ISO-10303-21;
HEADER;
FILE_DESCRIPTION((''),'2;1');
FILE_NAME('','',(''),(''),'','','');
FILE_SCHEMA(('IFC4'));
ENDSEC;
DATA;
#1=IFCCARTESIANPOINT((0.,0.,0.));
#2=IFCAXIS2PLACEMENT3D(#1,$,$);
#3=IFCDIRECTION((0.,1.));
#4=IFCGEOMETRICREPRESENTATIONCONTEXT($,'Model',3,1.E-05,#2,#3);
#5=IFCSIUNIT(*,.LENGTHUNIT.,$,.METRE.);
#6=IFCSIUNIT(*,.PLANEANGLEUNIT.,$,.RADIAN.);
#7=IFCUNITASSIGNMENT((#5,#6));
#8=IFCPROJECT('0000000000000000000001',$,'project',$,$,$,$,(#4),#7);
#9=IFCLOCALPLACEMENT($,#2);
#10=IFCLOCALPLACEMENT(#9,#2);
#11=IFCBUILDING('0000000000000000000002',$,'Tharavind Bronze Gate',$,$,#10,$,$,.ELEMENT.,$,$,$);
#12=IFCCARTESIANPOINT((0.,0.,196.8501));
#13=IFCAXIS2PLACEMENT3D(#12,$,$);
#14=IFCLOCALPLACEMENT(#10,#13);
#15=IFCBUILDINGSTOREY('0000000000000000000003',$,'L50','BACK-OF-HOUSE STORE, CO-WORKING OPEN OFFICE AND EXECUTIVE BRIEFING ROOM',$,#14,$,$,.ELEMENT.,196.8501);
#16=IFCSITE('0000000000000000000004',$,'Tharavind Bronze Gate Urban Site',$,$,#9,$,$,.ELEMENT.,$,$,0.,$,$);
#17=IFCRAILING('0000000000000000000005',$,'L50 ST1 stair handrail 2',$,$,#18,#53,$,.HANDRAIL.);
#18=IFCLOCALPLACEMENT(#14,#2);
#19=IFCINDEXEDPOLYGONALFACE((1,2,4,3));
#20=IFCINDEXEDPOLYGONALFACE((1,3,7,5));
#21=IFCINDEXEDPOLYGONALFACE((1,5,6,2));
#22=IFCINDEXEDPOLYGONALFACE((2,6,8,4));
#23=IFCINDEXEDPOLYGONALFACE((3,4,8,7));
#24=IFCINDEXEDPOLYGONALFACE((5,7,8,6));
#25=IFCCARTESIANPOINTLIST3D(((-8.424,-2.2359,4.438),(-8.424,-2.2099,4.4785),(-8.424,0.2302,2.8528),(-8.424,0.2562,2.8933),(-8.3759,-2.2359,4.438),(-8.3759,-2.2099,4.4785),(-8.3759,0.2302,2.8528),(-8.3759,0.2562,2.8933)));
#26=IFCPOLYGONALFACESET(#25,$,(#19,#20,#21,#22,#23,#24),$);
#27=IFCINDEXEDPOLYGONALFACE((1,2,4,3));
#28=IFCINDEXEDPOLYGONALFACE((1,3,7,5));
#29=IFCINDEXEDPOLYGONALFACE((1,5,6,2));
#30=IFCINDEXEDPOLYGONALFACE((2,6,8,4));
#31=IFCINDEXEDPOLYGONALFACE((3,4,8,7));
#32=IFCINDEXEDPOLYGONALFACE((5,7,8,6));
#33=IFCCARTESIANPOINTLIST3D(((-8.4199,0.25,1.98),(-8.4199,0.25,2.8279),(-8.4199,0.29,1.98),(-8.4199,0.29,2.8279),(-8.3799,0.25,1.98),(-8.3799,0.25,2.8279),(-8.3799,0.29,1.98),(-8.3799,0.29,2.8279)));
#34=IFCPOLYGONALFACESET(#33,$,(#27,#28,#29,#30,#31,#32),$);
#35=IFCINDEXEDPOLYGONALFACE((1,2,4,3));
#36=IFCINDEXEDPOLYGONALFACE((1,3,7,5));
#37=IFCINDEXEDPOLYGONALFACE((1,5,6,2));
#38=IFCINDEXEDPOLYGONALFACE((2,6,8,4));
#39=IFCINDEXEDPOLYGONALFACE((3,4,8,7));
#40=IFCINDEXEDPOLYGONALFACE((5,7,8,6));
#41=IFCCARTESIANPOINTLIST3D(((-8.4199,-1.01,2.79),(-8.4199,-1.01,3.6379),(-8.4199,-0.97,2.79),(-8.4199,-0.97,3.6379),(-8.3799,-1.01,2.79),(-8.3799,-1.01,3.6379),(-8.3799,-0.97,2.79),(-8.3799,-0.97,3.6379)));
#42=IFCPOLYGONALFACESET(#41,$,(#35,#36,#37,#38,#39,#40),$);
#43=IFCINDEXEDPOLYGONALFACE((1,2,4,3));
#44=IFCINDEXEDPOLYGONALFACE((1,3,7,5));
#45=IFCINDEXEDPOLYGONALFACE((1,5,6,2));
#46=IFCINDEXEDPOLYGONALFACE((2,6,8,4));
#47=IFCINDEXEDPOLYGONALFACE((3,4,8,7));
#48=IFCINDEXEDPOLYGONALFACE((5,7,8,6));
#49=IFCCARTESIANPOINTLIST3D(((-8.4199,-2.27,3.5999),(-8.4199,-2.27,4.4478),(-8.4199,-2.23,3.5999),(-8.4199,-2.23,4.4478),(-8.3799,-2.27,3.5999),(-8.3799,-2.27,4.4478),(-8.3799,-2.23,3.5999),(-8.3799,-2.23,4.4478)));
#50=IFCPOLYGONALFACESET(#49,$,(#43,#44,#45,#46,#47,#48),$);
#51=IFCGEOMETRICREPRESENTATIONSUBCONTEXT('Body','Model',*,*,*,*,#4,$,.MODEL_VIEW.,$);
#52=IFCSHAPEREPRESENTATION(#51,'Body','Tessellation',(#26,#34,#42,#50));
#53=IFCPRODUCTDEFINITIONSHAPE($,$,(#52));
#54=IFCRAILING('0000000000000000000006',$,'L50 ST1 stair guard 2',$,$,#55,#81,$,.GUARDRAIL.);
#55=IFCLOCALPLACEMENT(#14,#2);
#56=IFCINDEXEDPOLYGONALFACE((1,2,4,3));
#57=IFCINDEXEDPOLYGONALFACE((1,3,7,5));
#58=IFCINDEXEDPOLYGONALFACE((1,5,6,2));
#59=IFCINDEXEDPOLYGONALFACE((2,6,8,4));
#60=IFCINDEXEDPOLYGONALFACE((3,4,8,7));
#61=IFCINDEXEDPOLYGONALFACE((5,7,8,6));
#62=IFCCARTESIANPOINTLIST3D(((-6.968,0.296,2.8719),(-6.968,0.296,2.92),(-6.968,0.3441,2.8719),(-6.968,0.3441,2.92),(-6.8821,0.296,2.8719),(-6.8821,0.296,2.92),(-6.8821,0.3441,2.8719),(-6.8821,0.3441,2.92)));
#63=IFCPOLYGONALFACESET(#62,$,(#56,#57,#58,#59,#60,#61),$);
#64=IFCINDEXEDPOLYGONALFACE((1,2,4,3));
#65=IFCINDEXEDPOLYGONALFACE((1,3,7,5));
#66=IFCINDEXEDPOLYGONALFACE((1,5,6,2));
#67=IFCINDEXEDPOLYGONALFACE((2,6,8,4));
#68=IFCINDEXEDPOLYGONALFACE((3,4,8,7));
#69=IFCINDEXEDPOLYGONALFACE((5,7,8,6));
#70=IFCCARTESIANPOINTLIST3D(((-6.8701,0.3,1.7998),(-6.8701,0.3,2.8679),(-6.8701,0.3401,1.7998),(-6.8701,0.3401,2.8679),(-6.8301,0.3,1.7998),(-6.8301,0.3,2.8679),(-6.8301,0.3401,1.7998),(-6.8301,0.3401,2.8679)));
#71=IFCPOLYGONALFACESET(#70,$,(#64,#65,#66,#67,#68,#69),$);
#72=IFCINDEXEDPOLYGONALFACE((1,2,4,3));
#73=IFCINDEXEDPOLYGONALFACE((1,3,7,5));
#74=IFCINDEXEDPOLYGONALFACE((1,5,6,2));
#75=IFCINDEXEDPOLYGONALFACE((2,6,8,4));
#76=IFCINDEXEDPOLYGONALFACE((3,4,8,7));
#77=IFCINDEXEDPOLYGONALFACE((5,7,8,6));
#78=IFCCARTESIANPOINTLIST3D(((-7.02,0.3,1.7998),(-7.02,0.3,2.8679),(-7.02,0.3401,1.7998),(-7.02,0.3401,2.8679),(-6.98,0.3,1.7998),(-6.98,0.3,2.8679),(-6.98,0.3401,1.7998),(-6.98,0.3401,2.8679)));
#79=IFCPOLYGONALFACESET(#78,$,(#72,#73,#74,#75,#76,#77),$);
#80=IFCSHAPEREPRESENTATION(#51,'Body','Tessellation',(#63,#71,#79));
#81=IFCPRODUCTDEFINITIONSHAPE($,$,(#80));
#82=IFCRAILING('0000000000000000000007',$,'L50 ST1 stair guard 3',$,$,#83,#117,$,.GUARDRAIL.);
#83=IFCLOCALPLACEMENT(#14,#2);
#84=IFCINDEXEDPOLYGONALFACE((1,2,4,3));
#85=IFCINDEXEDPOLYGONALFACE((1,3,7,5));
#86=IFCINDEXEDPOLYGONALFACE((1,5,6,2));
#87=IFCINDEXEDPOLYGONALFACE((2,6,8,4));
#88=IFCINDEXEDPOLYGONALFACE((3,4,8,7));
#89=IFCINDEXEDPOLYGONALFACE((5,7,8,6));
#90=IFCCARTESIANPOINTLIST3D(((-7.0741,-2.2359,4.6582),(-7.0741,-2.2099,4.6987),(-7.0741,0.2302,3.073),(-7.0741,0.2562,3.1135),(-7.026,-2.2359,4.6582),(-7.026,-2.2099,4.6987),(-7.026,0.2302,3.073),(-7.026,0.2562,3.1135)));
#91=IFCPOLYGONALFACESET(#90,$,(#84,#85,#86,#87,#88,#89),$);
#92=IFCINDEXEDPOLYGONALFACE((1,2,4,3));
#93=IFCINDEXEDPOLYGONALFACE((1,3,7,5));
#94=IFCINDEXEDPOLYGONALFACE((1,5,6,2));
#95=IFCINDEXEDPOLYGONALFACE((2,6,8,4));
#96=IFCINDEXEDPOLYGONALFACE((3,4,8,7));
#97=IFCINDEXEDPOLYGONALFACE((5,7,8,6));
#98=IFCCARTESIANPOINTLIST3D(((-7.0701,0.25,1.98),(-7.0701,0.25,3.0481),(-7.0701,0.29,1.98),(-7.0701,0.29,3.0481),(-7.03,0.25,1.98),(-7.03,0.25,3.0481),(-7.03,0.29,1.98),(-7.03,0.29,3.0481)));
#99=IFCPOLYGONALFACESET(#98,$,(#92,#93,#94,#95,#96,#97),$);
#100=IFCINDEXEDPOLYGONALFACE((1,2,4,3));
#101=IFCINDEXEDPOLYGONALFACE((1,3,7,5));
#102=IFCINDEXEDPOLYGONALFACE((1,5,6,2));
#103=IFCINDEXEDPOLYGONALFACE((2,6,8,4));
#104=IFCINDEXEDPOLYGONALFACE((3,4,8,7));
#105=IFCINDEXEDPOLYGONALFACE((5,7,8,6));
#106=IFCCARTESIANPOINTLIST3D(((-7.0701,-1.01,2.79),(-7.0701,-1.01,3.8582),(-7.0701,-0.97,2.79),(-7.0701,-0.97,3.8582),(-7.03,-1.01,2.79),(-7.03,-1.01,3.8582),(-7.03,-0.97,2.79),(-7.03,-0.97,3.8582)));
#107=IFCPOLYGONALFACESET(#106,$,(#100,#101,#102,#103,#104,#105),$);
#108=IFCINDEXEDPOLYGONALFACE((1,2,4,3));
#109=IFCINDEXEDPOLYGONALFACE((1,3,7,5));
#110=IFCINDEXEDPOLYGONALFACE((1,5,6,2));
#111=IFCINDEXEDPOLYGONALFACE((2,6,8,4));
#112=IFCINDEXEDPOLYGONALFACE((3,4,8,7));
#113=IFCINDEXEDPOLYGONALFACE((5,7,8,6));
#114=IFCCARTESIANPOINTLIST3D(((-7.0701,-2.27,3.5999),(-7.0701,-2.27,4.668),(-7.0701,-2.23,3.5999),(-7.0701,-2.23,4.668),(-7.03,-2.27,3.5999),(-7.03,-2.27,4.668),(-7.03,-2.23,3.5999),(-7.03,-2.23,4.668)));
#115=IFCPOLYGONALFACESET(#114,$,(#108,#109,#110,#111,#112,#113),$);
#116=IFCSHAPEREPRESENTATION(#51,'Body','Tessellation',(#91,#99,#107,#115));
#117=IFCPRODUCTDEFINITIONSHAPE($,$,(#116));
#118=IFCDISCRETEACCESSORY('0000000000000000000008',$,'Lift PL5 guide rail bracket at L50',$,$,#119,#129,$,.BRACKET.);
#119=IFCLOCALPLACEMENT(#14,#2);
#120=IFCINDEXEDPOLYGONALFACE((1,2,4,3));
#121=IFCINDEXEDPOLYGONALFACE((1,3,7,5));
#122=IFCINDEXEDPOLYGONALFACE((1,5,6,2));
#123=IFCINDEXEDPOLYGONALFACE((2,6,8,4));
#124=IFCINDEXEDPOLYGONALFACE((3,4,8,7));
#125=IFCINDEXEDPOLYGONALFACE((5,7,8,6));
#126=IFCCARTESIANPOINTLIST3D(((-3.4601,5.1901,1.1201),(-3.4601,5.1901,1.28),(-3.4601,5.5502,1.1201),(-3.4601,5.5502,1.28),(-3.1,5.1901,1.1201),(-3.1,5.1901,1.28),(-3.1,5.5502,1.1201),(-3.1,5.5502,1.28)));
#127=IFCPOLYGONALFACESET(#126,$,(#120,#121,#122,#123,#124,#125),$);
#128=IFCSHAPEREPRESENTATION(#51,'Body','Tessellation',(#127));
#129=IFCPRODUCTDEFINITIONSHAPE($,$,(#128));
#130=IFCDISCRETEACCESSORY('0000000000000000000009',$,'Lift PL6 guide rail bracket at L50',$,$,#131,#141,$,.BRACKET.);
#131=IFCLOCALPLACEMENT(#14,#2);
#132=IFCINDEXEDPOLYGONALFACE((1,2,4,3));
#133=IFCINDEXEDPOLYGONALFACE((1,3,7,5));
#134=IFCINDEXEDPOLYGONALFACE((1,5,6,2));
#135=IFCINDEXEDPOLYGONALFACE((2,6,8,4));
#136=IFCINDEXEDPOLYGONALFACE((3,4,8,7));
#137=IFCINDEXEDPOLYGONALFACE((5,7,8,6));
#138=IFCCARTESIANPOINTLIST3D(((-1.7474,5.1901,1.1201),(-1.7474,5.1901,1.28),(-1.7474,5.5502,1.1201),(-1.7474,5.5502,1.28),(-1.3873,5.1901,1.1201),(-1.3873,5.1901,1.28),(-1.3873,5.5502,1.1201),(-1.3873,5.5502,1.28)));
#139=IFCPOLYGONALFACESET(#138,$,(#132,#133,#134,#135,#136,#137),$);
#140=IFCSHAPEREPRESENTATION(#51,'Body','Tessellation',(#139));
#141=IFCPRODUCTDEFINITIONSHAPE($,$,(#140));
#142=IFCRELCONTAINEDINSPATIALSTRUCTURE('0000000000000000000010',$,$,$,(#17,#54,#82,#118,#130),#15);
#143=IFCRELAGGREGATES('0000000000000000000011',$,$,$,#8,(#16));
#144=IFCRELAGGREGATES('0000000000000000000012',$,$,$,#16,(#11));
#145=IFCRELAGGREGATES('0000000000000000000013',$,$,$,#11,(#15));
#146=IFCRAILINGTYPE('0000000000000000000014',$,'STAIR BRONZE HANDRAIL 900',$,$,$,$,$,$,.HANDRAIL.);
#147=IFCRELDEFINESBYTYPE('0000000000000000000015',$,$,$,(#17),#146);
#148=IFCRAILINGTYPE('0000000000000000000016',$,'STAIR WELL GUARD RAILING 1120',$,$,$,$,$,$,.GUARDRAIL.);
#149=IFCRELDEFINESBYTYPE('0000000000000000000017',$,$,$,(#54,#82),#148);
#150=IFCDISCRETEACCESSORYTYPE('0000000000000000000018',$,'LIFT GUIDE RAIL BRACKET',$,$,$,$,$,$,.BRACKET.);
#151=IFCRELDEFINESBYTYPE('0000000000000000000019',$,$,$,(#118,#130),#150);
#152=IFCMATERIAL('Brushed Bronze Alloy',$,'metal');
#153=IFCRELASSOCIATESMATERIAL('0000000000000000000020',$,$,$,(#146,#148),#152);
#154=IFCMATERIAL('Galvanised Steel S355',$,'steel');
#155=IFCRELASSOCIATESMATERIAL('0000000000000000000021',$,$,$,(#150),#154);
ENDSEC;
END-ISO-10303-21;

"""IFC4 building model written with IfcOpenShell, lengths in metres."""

from ifc_helpers import new_model, si_unit, direction, frame, origin, origin_2d, place, context, subcontext, project, spatial, rectangle, extrude, material, type_object, element, save


model = new_model("IFC4")

# Units and contexts
model_context = context("Model", 3, precision=1e-05, world=origin(), true_north=direction((0.0, 1.0)))
body_context = subcontext(model_context, "Body", "Model", "MODEL_VIEW")
ifc_project = project(units=[si_unit("LENGTHUNIT", "METRE"), si_unit("PLANEANGLEUNIT", "RADIAN")], contexts=[model_context])

# Site, building, storey
site_placement = place(None, origin())
site = spatial("IfcSite", under=ifc_project, at=site_placement, Name="Tharavind Bronze Gate Urban Site", CompositionType="ELEMENT", RefElevation=0.0)
building_placement = place(site_placement, origin())
building = spatial("IfcBuilding", under=site, at=building_placement, Name="Tharavind Bronze Gate", CompositionType="ELEMENT")
storey_placement = place(building_placement, frame((0.0, 0.0, 196.8501)))
storey = spatial("IfcBuildingStorey", under=building, at=storey_placement, Name="L50", Description="BACK-OF-HOUSE STORE, CO-WORKING OPEN OFFICE AND EXECUTIVE BRIEFING ROOM", CompositionType="ELEMENT", Elevation=196.8501)

# Railings
ifc_material_1 = material(Name="Brushed Bronze Alloy", Category="metal")
railing_type_1 = type_object("IfcRailingType", Name="STAIR BRONZE HANDRAIL 900", PredefinedType="HANDRAIL", material=ifc_material_1)
railing_1_placement = place(storey_placement, frame((-8.3999, 0.27, 1.98)))
element("IfcRailing", 1, at=railing_1_placement, inside=storey, type_object=railing_type_1, Name="L50 ST1 stair handrail 2", PredefinedType="HANDRAIL", context=body_context, shape_type="SweptSolid", body=[
    extrude(rectangle(XDim=0.0481, YDim=0.0481, at=origin_2d()), frame((0.0, -0.0269, 0.8931), z_axis=(0.0, -0.8412, 0.540725), x_axis=(1.0, 0.0, 0.0)), (0.0, 0.0, 1.0), 2.9316),
    extrude(rectangle(XDim=0.04, YDim=0.04, at=origin_2d()), origin(), (0.0, 0.0, 1.0), 0.8479),
    extrude(rectangle(XDim=0.04, YDim=0.04, at=origin_2d()), frame((0.0, -1.26, 0.8101)), (0.0, 0.0, 1.0), 0.8479),
    extrude(rectangle(XDim=0.04, YDim=0.04, at=origin_2d()), frame((0.0, -2.52, 1.6199)), (0.0, 0.0, 1.0), 0.8479),
])
railing_type_2 = type_object("IfcRailingType", Name="STAIR WELL GUARD RAILING 1120", PredefinedType="GUARDRAIL", material=ifc_material_1)
railing_2_placement = place(storey_placement, frame((-6.8501, 0.3201, 1.7998)))
element("IfcRailing", 2, at=railing_2_placement, inside=storey, type_object=railing_type_2, Name="L50 ST1 stair guard 2", PredefinedType="GUARDRAIL", context=body_context, shape_type="SweptSolid", body=[
    extrude(rectangle(XDim=0.0481, YDim=0.0481, at=origin_2d()), frame((-0.032, 0.0, 1.0962), z_axis=(-1.0, 0.0, 0.0), x_axis=(0.0, -1.0, 0.0)), (0.0, 0.0, 1.0), 0.0859),
    extrude(rectangle(XDim=0.04, YDim=0.04, at=origin_2d()), origin(), (0.0, 0.0, 1.0), 1.0681),
    extrude(rectangle(XDim=0.04, YDim=0.04, at=origin_2d()), frame((-0.1499, 0.0, 0.0)), (0.0, 0.0, 1.0), 1.0681),
])
railing_3_placement = place(storey_placement, frame((-7.05, 0.27, 1.98)))
element("IfcRailing", 3, at=railing_3_placement, inside=storey, type_object=railing_type_2, Name="L50 ST1 stair guard 3", PredefinedType="GUARDRAIL", context=body_context, shape_type="SweptSolid", body=[
    extrude(rectangle(XDim=0.0481, YDim=0.0481, at=origin_2d()), frame((0.0, -0.0269, 1.1133), z_axis=(0.0, -0.8412, 0.540725), x_axis=(1.0, 0.0, 0.0)), (0.0, 0.0, 1.0), 2.9316),
    extrude(rectangle(XDim=0.04, YDim=0.04, at=origin_2d()), origin(), (0.0, 0.0, 1.0), 1.0681),
    extrude(rectangle(XDim=0.04, YDim=0.04, at=origin_2d()), frame((0.0, -1.26, 0.8101)), (0.0, 0.0, 1.0), 1.0681),
    extrude(rectangle(XDim=0.04, YDim=0.04, at=origin_2d()), frame((0.0, -2.52, 1.6199)), (0.0, 0.0, 1.0), 1.0681),
])

# Discrete accessories
ifc_material_2 = material(Name="Galvanised Steel S355", Category="steel")
discrete_accessory_type = type_object("IfcDiscreteAccessoryType", Name="LIFT GUIDE RAIL BRACKET", PredefinedType="BRACKET", material=ifc_material_2)
for number, where, z_axis, x_axis, name in (
    (4, (-3.28, 5.3701, 1.1201), (0.0, 0.0, 1.0), (1.0, 0.0, 0.0), "Lift PL5 guide rail bracket at L50"),
    (5, (-1.5674, 5.3701, 1.1201), (0.0, 0.0, 1.0), (1.0, 0.0, 0.0), "Lift PL6 guide rail bracket at L50"),
):
    element("IfcDiscreteAccessory", number, at=place(storey_placement, frame(where, z_axis=z_axis, x_axis=x_axis)), inside=storey, type_object=discrete_accessory_type, Name=name, PredefinedType="BRACKET", context=body_context, shape_type="SweptSolid", body=[
        extrude(rectangle(XDim=0.3601, YDim=0.3601, at=origin_2d()), origin(), (0.0, 0.0, 1.0), 0.1599),
    ])

save(model, "model.ifc")
